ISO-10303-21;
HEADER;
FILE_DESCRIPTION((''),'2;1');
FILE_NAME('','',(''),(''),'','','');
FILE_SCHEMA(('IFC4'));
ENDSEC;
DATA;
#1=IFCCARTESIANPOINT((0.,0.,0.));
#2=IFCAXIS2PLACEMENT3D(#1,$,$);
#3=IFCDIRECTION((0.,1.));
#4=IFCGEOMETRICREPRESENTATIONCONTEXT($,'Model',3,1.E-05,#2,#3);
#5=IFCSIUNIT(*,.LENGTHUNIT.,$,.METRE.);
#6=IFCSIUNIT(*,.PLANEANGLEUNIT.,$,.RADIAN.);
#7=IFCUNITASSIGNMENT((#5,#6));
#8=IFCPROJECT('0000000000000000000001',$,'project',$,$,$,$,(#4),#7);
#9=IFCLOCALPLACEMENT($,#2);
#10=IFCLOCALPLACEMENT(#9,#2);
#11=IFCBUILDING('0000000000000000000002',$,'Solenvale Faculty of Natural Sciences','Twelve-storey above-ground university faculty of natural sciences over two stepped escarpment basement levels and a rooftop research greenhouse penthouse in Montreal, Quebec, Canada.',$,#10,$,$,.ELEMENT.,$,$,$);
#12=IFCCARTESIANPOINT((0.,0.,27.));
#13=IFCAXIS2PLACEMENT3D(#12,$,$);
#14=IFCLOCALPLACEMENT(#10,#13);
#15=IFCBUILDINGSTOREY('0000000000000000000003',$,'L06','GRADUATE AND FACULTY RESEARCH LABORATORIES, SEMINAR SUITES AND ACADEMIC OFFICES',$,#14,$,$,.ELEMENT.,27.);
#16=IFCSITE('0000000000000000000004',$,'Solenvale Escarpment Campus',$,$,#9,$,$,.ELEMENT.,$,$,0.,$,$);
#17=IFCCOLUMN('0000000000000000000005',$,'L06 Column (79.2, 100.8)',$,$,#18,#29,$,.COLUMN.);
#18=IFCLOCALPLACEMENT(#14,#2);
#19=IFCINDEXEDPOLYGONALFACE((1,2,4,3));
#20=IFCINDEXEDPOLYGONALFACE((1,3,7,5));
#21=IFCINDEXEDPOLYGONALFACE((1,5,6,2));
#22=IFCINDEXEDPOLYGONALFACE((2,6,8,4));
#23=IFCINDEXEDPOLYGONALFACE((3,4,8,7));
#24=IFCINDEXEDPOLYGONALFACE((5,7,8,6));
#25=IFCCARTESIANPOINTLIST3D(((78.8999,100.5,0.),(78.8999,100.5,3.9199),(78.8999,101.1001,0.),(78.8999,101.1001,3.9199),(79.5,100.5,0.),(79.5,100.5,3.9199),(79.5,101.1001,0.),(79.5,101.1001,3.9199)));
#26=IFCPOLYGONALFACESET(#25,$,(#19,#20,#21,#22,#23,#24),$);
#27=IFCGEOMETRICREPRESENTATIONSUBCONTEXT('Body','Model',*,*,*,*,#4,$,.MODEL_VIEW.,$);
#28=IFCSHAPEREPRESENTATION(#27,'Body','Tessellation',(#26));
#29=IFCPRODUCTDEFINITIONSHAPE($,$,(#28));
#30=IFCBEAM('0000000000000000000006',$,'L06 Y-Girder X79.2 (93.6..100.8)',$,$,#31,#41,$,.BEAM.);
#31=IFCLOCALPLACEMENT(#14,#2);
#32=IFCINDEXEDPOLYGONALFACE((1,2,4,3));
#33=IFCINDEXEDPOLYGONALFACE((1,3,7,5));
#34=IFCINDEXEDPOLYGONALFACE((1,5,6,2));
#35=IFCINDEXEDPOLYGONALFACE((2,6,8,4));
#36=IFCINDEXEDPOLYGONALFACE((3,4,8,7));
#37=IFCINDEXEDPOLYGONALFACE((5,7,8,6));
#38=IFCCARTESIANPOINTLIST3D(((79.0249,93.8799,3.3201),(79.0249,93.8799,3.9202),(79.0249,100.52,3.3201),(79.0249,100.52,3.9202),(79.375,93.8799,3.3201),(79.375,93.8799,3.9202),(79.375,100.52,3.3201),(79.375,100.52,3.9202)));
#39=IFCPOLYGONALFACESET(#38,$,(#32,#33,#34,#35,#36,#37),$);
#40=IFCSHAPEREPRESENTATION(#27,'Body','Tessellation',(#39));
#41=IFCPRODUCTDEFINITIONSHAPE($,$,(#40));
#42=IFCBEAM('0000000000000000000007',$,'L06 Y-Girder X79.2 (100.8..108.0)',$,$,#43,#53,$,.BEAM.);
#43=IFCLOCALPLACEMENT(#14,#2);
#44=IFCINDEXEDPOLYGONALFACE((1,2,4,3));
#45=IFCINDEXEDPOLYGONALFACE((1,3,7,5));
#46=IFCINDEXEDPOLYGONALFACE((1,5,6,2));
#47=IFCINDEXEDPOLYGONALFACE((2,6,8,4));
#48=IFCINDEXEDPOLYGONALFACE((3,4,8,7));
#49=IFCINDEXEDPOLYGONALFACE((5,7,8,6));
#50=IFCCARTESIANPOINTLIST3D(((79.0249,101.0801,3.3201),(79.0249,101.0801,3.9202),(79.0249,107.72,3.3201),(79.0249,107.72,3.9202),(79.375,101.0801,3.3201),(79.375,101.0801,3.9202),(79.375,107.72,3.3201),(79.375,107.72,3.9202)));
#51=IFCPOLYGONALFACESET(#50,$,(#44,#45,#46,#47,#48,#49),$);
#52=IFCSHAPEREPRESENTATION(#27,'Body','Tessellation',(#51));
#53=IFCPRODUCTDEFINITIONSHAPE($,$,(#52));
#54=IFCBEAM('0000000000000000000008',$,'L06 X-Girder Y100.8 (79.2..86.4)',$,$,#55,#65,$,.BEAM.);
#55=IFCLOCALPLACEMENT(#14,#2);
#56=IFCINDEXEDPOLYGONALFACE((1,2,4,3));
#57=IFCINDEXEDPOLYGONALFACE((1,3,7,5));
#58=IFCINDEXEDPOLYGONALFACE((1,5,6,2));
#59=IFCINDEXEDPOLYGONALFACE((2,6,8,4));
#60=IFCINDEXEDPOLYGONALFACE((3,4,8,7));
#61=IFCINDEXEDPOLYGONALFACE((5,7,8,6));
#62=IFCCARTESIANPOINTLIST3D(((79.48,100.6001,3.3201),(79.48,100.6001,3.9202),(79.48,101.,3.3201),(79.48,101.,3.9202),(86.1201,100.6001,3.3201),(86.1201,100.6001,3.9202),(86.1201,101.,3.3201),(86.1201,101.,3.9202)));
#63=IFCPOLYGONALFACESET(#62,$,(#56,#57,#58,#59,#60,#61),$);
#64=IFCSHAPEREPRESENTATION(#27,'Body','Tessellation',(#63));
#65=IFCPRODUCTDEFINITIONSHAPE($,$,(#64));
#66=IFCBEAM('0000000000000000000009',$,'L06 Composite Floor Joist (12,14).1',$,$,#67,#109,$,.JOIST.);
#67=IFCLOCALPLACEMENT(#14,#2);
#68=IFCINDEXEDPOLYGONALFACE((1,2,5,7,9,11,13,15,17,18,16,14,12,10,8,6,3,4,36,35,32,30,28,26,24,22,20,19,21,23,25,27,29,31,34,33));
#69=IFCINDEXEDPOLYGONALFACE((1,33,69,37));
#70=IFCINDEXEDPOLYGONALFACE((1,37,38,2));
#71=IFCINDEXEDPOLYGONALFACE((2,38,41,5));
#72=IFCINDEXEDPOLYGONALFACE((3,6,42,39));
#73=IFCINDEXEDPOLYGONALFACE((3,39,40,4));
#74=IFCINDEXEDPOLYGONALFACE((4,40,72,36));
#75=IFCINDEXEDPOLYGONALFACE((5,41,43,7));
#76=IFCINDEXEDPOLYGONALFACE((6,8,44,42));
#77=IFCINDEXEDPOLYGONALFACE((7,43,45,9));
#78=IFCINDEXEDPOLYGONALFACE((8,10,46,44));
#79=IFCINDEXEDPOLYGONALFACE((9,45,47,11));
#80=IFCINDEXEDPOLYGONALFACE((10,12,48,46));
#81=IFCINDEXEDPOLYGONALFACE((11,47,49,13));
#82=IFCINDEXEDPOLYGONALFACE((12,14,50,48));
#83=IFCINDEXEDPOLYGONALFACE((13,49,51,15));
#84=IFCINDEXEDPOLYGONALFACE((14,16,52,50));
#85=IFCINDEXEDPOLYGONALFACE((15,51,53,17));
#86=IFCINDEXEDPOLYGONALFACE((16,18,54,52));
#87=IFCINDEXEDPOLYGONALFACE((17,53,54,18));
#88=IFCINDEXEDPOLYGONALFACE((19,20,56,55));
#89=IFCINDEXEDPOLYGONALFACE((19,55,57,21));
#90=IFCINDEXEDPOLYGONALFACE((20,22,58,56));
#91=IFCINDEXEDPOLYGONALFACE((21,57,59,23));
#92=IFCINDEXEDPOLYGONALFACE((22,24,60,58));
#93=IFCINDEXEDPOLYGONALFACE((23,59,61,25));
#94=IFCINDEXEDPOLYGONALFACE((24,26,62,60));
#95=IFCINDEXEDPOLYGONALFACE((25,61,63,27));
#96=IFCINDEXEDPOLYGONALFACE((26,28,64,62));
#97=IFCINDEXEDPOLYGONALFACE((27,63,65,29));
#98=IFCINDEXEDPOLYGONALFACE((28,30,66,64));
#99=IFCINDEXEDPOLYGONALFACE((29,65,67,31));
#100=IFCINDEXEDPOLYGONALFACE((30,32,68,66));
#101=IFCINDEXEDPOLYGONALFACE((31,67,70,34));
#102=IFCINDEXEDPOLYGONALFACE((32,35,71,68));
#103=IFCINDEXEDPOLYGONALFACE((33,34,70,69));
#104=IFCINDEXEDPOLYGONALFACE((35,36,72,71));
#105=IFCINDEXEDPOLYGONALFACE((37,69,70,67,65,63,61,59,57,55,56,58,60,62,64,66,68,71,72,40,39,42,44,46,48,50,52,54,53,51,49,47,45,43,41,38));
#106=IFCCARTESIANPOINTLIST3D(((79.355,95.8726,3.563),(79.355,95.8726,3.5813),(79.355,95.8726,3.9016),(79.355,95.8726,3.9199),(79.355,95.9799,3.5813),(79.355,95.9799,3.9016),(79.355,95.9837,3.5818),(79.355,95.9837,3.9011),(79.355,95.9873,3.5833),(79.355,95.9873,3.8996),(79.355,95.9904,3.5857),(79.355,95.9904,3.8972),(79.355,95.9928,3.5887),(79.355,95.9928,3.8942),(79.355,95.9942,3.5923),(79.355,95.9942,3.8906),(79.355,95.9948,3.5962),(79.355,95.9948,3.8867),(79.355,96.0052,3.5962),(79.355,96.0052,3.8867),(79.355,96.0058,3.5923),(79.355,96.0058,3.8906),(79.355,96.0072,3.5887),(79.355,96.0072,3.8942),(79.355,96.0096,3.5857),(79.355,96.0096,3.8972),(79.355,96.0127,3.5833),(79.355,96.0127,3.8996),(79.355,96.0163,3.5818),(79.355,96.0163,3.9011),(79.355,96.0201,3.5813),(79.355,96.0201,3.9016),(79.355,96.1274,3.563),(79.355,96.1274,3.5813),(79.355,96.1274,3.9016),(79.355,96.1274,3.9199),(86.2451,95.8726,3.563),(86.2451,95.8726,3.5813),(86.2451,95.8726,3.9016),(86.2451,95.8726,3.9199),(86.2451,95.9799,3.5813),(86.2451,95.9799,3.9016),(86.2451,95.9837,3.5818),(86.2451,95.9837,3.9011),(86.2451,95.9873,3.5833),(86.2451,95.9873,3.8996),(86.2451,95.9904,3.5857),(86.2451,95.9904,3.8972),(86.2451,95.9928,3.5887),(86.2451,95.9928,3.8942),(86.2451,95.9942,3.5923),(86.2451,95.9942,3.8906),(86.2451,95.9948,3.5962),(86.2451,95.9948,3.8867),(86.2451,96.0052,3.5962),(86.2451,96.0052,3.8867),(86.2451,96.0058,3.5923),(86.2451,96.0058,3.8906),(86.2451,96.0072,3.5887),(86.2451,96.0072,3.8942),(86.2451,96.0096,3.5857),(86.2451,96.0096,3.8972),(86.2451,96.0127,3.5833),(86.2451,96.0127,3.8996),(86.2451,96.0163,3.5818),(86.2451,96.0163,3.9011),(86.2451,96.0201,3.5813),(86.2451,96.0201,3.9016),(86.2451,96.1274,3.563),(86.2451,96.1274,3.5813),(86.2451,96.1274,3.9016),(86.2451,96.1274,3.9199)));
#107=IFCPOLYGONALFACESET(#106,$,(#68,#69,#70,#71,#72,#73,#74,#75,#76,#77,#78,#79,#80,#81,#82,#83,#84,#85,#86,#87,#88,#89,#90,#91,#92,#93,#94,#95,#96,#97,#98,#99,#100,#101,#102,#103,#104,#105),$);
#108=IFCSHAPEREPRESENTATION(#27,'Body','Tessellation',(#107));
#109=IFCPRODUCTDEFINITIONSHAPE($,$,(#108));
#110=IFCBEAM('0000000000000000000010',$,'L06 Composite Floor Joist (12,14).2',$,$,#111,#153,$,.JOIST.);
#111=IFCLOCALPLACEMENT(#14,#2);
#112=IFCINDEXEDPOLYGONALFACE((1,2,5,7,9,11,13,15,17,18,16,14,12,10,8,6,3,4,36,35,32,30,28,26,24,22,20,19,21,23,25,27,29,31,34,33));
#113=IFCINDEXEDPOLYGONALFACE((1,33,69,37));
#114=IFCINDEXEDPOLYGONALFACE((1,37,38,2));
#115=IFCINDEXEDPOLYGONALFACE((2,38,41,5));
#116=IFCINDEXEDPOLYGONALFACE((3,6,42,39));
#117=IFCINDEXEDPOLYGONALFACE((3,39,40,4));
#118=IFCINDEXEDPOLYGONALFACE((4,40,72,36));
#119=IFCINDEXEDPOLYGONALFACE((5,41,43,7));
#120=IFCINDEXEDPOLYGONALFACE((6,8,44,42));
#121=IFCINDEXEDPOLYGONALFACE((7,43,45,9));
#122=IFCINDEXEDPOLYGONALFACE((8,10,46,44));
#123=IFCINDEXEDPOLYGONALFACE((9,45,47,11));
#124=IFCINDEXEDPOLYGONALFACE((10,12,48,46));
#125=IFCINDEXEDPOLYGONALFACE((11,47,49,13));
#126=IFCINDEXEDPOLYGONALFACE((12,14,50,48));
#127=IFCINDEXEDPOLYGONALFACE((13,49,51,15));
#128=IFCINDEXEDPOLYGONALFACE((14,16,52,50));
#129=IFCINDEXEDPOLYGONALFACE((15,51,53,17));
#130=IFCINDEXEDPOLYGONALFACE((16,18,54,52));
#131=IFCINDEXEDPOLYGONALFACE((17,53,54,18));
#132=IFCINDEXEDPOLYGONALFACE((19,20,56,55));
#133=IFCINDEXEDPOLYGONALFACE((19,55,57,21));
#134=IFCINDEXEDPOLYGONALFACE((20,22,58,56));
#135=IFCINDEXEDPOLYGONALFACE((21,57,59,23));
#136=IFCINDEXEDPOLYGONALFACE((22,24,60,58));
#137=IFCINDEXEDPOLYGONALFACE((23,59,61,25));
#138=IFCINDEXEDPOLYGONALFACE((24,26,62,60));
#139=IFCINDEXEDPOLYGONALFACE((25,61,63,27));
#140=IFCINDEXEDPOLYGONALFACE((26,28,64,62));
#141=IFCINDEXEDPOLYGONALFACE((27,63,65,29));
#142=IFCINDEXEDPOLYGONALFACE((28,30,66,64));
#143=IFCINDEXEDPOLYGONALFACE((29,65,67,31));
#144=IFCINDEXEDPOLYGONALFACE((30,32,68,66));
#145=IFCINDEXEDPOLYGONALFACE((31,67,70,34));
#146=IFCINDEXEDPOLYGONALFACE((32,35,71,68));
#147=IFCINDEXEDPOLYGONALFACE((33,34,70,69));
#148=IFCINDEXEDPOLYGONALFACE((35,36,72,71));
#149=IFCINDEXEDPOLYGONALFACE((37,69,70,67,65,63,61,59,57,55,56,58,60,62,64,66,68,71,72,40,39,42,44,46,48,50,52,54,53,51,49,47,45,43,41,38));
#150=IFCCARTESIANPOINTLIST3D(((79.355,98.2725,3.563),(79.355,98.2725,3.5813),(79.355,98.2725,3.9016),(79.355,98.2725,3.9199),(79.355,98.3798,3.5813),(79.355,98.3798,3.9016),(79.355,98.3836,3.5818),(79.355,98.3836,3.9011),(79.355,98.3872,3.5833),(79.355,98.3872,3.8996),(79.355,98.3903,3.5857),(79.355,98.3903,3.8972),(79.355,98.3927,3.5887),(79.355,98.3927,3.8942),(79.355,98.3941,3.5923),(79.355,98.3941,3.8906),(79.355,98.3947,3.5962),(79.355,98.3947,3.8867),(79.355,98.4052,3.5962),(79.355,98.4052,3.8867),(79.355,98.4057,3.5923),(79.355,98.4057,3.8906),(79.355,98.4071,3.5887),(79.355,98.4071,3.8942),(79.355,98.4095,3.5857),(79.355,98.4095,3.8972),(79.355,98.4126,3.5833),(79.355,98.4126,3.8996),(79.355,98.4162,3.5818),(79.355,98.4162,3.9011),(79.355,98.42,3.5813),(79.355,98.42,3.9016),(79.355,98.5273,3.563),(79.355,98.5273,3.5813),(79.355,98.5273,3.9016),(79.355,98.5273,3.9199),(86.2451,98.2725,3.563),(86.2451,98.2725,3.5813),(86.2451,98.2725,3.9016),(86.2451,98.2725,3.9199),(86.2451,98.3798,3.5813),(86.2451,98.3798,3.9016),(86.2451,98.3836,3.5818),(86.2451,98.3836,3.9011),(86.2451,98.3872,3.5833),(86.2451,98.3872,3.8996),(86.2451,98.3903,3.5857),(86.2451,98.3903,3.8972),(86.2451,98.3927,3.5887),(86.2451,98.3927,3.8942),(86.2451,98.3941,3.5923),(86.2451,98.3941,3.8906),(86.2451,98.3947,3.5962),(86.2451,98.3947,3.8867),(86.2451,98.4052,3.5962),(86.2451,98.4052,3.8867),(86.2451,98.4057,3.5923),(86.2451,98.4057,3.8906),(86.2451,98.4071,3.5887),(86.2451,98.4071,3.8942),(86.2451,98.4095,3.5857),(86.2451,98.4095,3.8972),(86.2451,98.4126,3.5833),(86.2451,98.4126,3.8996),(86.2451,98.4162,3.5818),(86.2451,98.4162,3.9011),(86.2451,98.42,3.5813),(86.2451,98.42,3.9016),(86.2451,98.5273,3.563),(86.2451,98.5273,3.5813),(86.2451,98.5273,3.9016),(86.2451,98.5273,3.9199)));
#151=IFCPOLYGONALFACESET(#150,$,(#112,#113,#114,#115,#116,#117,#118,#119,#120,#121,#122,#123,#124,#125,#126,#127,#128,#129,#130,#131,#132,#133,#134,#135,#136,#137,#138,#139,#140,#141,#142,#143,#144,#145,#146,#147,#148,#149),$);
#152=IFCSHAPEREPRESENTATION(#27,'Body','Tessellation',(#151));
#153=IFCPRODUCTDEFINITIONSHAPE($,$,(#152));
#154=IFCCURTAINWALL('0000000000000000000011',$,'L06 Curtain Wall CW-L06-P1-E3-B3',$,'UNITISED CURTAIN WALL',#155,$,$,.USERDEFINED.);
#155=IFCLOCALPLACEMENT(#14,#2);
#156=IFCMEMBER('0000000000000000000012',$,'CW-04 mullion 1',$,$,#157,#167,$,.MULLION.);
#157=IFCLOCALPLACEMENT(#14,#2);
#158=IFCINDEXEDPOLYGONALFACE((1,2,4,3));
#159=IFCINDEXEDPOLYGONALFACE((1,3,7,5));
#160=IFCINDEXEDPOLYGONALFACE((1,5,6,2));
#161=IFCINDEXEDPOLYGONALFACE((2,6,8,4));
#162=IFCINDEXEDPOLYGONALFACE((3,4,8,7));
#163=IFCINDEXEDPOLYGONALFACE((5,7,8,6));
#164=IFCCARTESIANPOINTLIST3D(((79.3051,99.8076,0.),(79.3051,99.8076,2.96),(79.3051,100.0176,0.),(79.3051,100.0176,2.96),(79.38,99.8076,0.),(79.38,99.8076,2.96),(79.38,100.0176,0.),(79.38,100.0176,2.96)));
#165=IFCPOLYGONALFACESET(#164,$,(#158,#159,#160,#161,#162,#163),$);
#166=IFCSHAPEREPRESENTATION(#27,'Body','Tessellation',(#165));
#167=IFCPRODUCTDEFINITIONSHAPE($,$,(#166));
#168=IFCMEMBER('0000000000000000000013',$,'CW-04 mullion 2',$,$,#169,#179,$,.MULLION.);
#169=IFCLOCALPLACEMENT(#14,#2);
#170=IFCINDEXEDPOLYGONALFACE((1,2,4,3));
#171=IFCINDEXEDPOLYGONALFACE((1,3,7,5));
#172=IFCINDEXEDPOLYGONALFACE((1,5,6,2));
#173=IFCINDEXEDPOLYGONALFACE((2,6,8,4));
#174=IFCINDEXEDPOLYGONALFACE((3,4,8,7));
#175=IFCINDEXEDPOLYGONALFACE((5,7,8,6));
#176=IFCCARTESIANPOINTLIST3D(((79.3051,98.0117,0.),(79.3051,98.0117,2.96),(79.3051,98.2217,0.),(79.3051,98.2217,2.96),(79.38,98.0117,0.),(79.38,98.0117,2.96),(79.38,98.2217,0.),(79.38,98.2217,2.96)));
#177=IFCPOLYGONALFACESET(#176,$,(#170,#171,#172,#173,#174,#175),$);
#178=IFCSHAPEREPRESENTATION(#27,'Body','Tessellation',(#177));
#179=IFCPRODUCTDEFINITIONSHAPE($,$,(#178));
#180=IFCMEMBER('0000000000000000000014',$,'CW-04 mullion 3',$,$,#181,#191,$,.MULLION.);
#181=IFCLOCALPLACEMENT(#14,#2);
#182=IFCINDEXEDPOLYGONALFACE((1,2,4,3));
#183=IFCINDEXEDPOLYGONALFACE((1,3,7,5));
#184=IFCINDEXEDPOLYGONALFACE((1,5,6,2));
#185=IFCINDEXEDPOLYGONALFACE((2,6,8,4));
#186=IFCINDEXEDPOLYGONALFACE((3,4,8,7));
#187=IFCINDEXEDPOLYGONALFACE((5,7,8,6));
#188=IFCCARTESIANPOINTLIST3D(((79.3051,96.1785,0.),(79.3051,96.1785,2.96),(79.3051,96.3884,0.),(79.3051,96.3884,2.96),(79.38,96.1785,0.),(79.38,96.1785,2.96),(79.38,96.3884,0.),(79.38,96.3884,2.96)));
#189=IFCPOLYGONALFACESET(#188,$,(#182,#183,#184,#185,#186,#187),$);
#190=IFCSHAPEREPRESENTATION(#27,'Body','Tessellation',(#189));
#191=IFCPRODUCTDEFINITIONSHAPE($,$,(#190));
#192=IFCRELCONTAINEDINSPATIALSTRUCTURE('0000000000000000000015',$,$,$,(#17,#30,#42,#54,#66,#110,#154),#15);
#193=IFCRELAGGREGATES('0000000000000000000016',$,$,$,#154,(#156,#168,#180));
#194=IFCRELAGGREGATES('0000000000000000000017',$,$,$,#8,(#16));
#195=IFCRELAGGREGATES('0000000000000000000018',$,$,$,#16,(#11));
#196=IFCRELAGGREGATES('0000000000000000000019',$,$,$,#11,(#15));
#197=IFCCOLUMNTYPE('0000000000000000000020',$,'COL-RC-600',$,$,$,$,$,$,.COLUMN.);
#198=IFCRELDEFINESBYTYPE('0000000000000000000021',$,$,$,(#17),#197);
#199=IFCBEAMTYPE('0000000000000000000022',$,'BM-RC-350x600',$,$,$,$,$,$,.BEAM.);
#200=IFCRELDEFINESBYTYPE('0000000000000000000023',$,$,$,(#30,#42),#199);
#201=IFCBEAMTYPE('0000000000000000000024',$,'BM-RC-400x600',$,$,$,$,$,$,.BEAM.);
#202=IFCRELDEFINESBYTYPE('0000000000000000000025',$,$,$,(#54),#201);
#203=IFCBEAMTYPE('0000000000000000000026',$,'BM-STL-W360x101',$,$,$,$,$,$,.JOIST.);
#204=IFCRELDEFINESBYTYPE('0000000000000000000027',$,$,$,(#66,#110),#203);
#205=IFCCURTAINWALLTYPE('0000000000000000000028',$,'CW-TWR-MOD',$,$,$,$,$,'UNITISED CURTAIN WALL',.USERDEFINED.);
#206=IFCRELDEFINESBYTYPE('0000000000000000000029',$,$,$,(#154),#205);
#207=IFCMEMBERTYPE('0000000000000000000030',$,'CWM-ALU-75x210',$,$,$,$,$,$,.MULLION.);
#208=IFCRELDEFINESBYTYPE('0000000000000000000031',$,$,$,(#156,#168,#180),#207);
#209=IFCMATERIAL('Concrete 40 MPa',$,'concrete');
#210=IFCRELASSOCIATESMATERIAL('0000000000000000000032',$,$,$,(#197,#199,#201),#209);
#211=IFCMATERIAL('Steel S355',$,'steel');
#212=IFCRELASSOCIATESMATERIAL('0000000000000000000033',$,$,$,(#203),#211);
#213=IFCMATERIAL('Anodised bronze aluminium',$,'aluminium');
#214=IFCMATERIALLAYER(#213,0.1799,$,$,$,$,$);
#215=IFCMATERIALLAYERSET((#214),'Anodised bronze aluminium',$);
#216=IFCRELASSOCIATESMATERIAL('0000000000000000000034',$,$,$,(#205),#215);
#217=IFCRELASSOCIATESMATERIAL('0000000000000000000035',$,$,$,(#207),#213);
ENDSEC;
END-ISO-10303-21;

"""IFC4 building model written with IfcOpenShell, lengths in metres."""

from ifc_helpers import new_model, si_unit, direction, frame, origin, origin_2d, place, context, subcontext, project, spatial, rectangle, i_section, extrude, material, layer, layer_set, material_profile, profile_set, type_object, element, aggregate, save


model = new_model("IFC4")

# Units and contexts
model_context = context("Model", 3, precision=1e-05, world=origin(), true_north=direction((0.0, 1.0)))
body_context = subcontext(model_context, "Body", "Model", "MODEL_VIEW")
ifc_project = project(units=[si_unit("LENGTHUNIT", "METRE"), si_unit("PLANEANGLEUNIT", "RADIAN")], contexts=[model_context])

# Site, building, storey
site_placement = place(None, origin())
site = spatial("IfcSite", under=ifc_project, at=site_placement, Name="Solenvale Escarpment Campus", CompositionType="ELEMENT", RefElevation=0.0)
building_placement = place(site_placement, origin())
building = spatial("IfcBuilding", under=site, at=building_placement, Name="Solenvale Faculty of Natural Sciences", Description="Twelve-storey above-ground university faculty of natural sciences over two stepped escarpment basement levels and a rooftop research greenhouse penthouse in Montreal, Quebec, Canada.", CompositionType="ELEMENT")
storey_placement = place(building_placement, frame((0.0, 0.0, 27.0)))
storey = spatial("IfcBuildingStorey", under=building, at=storey_placement, Name="L06", Description="GRADUATE AND FACULTY RESEARCH LABORATORIES, SEMINAR SUITES AND ACADEMIC OFFICES", CompositionType="ELEMENT", Elevation=27.0)

# Column
ifc_material_1 = material(Name="Concrete 40 MPa", Category="concrete")
ifc_material_profile_1 = material_profile(ifc_material_1, rectangle(XDim=0.6001, YDim=0.6001, at=origin_2d()), Name="RC-COL-600x600")
ifc_profile_set_1 = profile_set([ifc_material_profile_1], Name="Concrete 40 MPa")
column_type = type_object("IfcColumnType", Name="COL-RC-600", PredefinedType="COLUMN", material=ifc_profile_set_1)
column_placement = place(storey_placement, frame((79.2, 100.8, 0.0), z_axis=(0.0, 0.0, 1.0), x_axis=(1.0, 0.0, 0.0)))
element("IfcColumn", 1, at=column_placement, inside=storey, type_object=column_type, Name="L06 Column (79.2, 100.8)", PredefinedType="COLUMN", context=body_context, shape_type="SweptSolid", body=[
    extrude(rectangle(XDim=0.6001, YDim=0.6001, at=origin_2d()), origin(), (0.0, 0.0, 1.0), 3.9199),
])

# Beams
ifc_material_profile_2 = material_profile(ifc_material_1, rectangle(XDim=0.3501, YDim=0.6001, at=origin_2d()), Name="RC-BM-350x600")
ifc_profile_set_2 = profile_set([ifc_material_profile_2], Name="Concrete 40 MPa")
beam_type_1 = type_object("IfcBeamType", Name="BM-RC-350x600", PredefinedType="BEAM", material=ifc_profile_set_2)
beam_1_placement = place(storey_placement, frame((79.2, 93.8799, 3.6201), z_axis=(0.0, 1.0, 0.0), x_axis=(-1.0, 0.0, 0.0)))
element("IfcBeam", 2, at=beam_1_placement, inside=storey, type_object=beam_type_1, Name="L06 Y-Girder X79.2 (93.6..100.8)", PredefinedType="BEAM", context=body_context, shape_type="SweptSolid", body=[
    extrude(rectangle(XDim=0.3501, YDim=0.6001, at=origin_2d()), origin(), (0.0, 0.0, 1.0), 6.6401),
])
beam_2_placement = place(storey_placement, frame((79.2, 101.0801, 3.6201), z_axis=(0.0, 1.0, 0.0), x_axis=(-1.0, 0.0, 0.0)))
element("IfcBeam", 3, at=beam_2_placement, inside=storey, type_object=beam_type_1, Name="L06 Y-Girder X79.2 (100.8..108.0)", PredefinedType="BEAM", context=body_context, shape_type="SweptSolid", body=[
    extrude(rectangle(XDim=0.3501, YDim=0.6001, at=origin_2d()), origin(), (0.0, 0.0, 1.0), 6.6399),
])
ifc_material_profile_3 = material_profile(ifc_material_1, rectangle(XDim=0.3999, YDim=0.6001, at=origin_2d()), Name="RC-BM-400x600")
ifc_profile_set_3 = profile_set([ifc_material_profile_3], Name="Concrete 40 MPa")
beam_type_2 = type_object("IfcBeamType", Name="BM-RC-400x600", PredefinedType="BEAM", material=ifc_profile_set_3)
beam_3_placement = place(storey_placement, frame((79.48, 100.8, 3.6201), z_axis=(1.0, 0.0, 0.0), x_axis=(0.0, 1.0, 0.0)))
element("IfcBeam", 4, at=beam_3_placement, inside=storey, type_object=beam_type_2, Name="L06 X-Girder Y100.8 (79.2..86.4)", PredefinedType="BEAM", context=body_context, shape_type="SweptSolid", body=[
    extrude(rectangle(XDim=0.3999, YDim=0.6001, at=origin_2d()), origin(), (0.0, 0.0, 1.0), 6.6401),
])
ifc_material_2 = material(Name="Steel S355", Category="steel")
ifc_material_profile_4 = material_profile(ifc_material_2, i_section(OverallWidth=0.2549, OverallDepth=0.3569, WebThickness=0.0105, FlangeThickness=0.0183, FilletRadius=0.0149, at=origin_2d()), Name="W360x101")
ifc_profile_set_4 = profile_set([ifc_material_profile_4], Name="Steel S355")
beam_type_3 = type_object("IfcBeamType", Name="BM-STL-W360x101", PredefinedType="JOIST", material=ifc_profile_set_4)
for number, where, z_axis, x_axis, name in (
    (5, (79.355, 96.0, 3.7415), (1.0, 0.0, 0.0), (0.0, 1.0, 0.0), "L06 Composite Floor Joist (12,14).1"),
    (6, (79.355, 98.3999, 3.7415), (1.0, 0.0, 0.0), (0.0, 1.0, 0.0), "L06 Composite Floor Joist (12,14).2"),
):
    element("IfcBeam", number, at=place(storey_placement, frame(where, z_axis=z_axis, x_axis=x_axis)), inside=storey, type_object=beam_type_3, Name=name, PredefinedType="JOIST", context=body_context, shape_type="SweptSolid", body=[
        extrude(i_section(OverallWidth=0.2549, OverallDepth=0.3569, WebThickness=0.0105, FlangeThickness=0.0183, FilletRadius=0.0149, at=origin_2d()), origin(), (0.0, 0.0, 1.0), 6.8901),
    ])

# Curtain wall, members
ifc_material_3 = material(Name="Anodised bronze aluminium", Category="aluminium")
ifc_layer_1 = layer(ifc_material_3, 0.1799)
ifc_layer_set_1 = layer_set([ifc_layer_1], Name="Anodised bronze aluminium")
curtain_wall_type = type_object("IfcCurtainWallType", Name="CW-TWR-MOD", ElementType="UNITISED CURTAIN WALL", PredefinedType="USERDEFINED", material=ifc_layer_set_1)
curtain_wall_placement = place(storey_placement, origin())
curtain_wall = element("IfcCurtainWall", 7, at=curtain_wall_placement, inside=storey, type_object=curtain_wall_type, Name="L06 Curtain Wall CW-L06-P1-E3-B3", ObjectType="UNITISED CURTAIN WALL", PredefinedType="USERDEFINED")
ifc_material_profile_5 = material_profile(ifc_material_3, rectangle(XDim=0.075, YDim=0.21, at=origin_2d()), Name="ALU-MUL-75x210")
ifc_profile_set_5 = profile_set([ifc_material_profile_5], Name="Anodised bronze aluminium")
member_type_1 = type_object("IfcMemberType", Name="CWM-ALU-75x210", PredefinedType="MULLION", material=ifc_profile_set_5)
member_1_placement = place(storey_placement, frame((79.3425, 99.9126, 0.0), z_axis=(0.0, 0.0, 1.0), x_axis=(1.0, 0.0, 0.0)))
member_1 = element("IfcMember", 8, at=member_1_placement, type_object=member_type_1, Name="CW-04 mullion 1", PredefinedType="MULLION", context=body_context, shape_type="SweptSolid", body=[
    extrude(rectangle(XDim=0.075, YDim=0.21, at=origin_2d()), origin(), (0.0, 0.0, 1.0), 2.96),
])
member_2_placement = place(storey_placement, frame((79.3425, 98.1167, 0.0), z_axis=(0.0, 0.0, 1.0), x_axis=(1.0, 0.0, 0.0)))
member_2 = element("IfcMember", 9, at=member_2_placement, type_object=member_type_1, Name="CW-04 mullion 2", PredefinedType="MULLION", context=body_context, shape_type="SweptSolid", body=[
    extrude(rectangle(XDim=0.075, YDim=0.21, at=origin_2d()), origin(), (0.0, 0.0, 1.0), 2.96),
])
member_3_placement = place(storey_placement, frame((79.3425, 96.2834, 0.0), z_axis=(0.0, 0.0, 1.0), x_axis=(1.0, 0.0, 0.0)))
member_3 = element("IfcMember", 10, at=member_3_placement, type_object=member_type_1, Name="CW-04 mullion 3", PredefinedType="MULLION", context=body_context, shape_type="SweptSolid", body=[
    extrude(rectangle(XDim=0.075, YDim=0.21, at=origin_2d()), origin(), (0.0, 0.0, 1.0), 2.96),
])
aggregate(curtain_wall, [member_1, member_2, member_3])

save(model, "model.ifc")
